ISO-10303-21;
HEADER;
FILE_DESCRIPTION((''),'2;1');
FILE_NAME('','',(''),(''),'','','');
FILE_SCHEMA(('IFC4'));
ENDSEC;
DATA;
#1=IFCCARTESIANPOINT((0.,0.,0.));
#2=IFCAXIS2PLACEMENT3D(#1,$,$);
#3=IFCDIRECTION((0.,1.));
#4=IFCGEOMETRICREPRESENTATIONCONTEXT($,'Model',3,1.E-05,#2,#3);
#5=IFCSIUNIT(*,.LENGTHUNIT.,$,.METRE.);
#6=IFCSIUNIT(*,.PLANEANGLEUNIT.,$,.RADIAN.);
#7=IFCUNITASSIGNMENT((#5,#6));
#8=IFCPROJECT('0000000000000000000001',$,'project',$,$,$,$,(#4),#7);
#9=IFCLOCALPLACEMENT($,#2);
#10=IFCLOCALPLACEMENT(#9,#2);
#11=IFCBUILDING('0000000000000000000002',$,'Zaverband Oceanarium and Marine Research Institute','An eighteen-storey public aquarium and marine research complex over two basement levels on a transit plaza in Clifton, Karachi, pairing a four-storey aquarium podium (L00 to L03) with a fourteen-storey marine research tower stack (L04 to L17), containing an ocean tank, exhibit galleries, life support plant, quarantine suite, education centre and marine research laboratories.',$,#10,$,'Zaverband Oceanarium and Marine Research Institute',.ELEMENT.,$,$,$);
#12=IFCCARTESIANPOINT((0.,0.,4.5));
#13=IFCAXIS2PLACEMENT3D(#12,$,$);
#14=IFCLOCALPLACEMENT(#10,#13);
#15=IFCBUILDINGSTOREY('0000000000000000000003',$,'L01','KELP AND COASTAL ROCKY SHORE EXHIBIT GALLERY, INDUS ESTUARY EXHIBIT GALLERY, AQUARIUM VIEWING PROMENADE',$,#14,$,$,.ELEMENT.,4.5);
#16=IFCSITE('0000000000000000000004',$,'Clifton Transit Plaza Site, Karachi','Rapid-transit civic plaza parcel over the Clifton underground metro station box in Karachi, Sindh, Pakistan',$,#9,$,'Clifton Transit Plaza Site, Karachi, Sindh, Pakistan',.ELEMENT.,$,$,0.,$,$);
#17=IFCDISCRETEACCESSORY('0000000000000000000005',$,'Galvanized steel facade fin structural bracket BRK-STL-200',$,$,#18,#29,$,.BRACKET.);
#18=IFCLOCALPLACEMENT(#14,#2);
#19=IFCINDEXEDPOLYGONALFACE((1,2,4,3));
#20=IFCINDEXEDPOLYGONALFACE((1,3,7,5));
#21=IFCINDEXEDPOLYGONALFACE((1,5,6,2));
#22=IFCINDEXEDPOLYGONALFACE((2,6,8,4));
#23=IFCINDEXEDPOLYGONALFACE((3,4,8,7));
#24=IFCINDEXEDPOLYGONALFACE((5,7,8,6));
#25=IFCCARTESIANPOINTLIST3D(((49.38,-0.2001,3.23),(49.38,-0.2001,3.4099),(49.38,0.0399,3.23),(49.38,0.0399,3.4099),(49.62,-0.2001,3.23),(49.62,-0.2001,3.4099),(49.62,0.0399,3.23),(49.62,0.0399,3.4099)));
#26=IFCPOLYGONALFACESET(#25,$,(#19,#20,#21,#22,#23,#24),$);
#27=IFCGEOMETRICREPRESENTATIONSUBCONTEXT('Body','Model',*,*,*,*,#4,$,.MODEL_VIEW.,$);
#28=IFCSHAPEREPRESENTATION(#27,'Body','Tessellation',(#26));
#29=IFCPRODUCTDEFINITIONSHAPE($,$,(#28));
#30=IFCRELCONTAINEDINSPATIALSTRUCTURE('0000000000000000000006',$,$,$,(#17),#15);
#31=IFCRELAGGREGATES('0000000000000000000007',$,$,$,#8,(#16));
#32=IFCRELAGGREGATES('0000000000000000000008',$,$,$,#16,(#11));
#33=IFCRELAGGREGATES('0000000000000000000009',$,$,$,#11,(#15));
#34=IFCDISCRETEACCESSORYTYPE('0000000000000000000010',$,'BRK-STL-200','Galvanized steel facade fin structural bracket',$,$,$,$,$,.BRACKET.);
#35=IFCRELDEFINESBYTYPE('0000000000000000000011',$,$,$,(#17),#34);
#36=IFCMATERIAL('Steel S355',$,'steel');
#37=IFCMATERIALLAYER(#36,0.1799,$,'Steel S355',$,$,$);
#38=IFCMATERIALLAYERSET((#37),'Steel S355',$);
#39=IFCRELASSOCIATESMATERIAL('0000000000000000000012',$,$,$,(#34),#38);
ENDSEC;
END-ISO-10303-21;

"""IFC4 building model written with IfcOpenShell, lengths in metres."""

from ifc_helpers import new_model, si_unit, direction, frame, origin, origin_2d, place, context, subcontext, project, spatial, rectangle, extrude, material, layer, layer_set, type_object, element, save


model = new_model("IFC4")

# Units and contexts
model_context = context("Model", 3, precision=1e-05, world=origin(), true_north=direction((0.0, 1.0)))
body_context = subcontext(model_context, "Body", "Model", "MODEL_VIEW")
ifc_project = project(units=[si_unit("LENGTHUNIT", "METRE"), si_unit("PLANEANGLEUNIT", "RADIAN")], contexts=[model_context])

# Site, building, storey
site_placement = place(None, origin())
site = spatial("IfcSite", under=ifc_project, at=site_placement, Name="Clifton Transit Plaza Site, Karachi", Description="Rapid-transit civic plaza parcel over the Clifton underground metro station box in Karachi, Sindh, Pakistan", LongName="Clifton Transit Plaza Site, Karachi, Sindh, Pakistan", CompositionType="ELEMENT", RefElevation=0.0)
building_placement = place(site_placement, origin())
building = spatial("IfcBuilding", under=site, at=building_placement, Name="Zaverband Oceanarium and Marine Research Institute", Description="An eighteen-storey public aquarium and marine research complex over two basement levels on a transit plaza in Clifton, Karachi, pairing a four-storey aquarium podium (L00 to L03) with a fourteen-storey marine research tower stack (L04 to L17), containing an ocean tank, exhibit galleries, life support plant, quarantine suite, education centre and marine research laboratories.", LongName="Zaverband Oceanarium and Marine Research Institute", CompositionType="ELEMENT")
storey_placement = place(building_placement, frame((0.0, 0.0, 4.5)))
storey = spatial("IfcBuildingStorey", under=building, at=storey_placement, Name="L01", Description="KELP AND COASTAL ROCKY SHORE EXHIBIT GALLERY, INDUS ESTUARY EXHIBIT GALLERY, AQUARIUM VIEWING PROMENADE", CompositionType="ELEMENT", Elevation=4.5)

# Discrete accessory
ifc_material_1 = material(Name="Steel S355", Category="steel")
ifc_layer_1 = layer(ifc_material_1, 0.1799, Name="Steel S355")
ifc_layer_set_1 = layer_set([ifc_layer_1], Name="Steel S355")
discrete_accessory_type = type_object("IfcDiscreteAccessoryType", Name="BRK-STL-200", Description="Galvanized steel facade fin structural bracket", PredefinedType="BRACKET", material=ifc_layer_set_1)
discrete_accessory_placement = place(storey_placement, frame((49.5, -0.0801, 3.23), z_axis=(0.0, 0.0, 1.0), x_axis=(1.0, 0.0, 0.0)))
element("IfcDiscreteAccessory", 1, at=discrete_accessory_placement, inside=storey, type_object=discrete_accessory_type, Name="Galvanized steel facade fin structural bracket BRK-STL-200", PredefinedType="BRACKET", context=body_context, shape_type="SweptSolid", body=[
    extrude(rectangle(XDim=0.24, YDim=0.24, at=origin_2d()), origin(), (0.0, 0.0, 1.0), 0.1799),
])

save(model, "model.ifc")
